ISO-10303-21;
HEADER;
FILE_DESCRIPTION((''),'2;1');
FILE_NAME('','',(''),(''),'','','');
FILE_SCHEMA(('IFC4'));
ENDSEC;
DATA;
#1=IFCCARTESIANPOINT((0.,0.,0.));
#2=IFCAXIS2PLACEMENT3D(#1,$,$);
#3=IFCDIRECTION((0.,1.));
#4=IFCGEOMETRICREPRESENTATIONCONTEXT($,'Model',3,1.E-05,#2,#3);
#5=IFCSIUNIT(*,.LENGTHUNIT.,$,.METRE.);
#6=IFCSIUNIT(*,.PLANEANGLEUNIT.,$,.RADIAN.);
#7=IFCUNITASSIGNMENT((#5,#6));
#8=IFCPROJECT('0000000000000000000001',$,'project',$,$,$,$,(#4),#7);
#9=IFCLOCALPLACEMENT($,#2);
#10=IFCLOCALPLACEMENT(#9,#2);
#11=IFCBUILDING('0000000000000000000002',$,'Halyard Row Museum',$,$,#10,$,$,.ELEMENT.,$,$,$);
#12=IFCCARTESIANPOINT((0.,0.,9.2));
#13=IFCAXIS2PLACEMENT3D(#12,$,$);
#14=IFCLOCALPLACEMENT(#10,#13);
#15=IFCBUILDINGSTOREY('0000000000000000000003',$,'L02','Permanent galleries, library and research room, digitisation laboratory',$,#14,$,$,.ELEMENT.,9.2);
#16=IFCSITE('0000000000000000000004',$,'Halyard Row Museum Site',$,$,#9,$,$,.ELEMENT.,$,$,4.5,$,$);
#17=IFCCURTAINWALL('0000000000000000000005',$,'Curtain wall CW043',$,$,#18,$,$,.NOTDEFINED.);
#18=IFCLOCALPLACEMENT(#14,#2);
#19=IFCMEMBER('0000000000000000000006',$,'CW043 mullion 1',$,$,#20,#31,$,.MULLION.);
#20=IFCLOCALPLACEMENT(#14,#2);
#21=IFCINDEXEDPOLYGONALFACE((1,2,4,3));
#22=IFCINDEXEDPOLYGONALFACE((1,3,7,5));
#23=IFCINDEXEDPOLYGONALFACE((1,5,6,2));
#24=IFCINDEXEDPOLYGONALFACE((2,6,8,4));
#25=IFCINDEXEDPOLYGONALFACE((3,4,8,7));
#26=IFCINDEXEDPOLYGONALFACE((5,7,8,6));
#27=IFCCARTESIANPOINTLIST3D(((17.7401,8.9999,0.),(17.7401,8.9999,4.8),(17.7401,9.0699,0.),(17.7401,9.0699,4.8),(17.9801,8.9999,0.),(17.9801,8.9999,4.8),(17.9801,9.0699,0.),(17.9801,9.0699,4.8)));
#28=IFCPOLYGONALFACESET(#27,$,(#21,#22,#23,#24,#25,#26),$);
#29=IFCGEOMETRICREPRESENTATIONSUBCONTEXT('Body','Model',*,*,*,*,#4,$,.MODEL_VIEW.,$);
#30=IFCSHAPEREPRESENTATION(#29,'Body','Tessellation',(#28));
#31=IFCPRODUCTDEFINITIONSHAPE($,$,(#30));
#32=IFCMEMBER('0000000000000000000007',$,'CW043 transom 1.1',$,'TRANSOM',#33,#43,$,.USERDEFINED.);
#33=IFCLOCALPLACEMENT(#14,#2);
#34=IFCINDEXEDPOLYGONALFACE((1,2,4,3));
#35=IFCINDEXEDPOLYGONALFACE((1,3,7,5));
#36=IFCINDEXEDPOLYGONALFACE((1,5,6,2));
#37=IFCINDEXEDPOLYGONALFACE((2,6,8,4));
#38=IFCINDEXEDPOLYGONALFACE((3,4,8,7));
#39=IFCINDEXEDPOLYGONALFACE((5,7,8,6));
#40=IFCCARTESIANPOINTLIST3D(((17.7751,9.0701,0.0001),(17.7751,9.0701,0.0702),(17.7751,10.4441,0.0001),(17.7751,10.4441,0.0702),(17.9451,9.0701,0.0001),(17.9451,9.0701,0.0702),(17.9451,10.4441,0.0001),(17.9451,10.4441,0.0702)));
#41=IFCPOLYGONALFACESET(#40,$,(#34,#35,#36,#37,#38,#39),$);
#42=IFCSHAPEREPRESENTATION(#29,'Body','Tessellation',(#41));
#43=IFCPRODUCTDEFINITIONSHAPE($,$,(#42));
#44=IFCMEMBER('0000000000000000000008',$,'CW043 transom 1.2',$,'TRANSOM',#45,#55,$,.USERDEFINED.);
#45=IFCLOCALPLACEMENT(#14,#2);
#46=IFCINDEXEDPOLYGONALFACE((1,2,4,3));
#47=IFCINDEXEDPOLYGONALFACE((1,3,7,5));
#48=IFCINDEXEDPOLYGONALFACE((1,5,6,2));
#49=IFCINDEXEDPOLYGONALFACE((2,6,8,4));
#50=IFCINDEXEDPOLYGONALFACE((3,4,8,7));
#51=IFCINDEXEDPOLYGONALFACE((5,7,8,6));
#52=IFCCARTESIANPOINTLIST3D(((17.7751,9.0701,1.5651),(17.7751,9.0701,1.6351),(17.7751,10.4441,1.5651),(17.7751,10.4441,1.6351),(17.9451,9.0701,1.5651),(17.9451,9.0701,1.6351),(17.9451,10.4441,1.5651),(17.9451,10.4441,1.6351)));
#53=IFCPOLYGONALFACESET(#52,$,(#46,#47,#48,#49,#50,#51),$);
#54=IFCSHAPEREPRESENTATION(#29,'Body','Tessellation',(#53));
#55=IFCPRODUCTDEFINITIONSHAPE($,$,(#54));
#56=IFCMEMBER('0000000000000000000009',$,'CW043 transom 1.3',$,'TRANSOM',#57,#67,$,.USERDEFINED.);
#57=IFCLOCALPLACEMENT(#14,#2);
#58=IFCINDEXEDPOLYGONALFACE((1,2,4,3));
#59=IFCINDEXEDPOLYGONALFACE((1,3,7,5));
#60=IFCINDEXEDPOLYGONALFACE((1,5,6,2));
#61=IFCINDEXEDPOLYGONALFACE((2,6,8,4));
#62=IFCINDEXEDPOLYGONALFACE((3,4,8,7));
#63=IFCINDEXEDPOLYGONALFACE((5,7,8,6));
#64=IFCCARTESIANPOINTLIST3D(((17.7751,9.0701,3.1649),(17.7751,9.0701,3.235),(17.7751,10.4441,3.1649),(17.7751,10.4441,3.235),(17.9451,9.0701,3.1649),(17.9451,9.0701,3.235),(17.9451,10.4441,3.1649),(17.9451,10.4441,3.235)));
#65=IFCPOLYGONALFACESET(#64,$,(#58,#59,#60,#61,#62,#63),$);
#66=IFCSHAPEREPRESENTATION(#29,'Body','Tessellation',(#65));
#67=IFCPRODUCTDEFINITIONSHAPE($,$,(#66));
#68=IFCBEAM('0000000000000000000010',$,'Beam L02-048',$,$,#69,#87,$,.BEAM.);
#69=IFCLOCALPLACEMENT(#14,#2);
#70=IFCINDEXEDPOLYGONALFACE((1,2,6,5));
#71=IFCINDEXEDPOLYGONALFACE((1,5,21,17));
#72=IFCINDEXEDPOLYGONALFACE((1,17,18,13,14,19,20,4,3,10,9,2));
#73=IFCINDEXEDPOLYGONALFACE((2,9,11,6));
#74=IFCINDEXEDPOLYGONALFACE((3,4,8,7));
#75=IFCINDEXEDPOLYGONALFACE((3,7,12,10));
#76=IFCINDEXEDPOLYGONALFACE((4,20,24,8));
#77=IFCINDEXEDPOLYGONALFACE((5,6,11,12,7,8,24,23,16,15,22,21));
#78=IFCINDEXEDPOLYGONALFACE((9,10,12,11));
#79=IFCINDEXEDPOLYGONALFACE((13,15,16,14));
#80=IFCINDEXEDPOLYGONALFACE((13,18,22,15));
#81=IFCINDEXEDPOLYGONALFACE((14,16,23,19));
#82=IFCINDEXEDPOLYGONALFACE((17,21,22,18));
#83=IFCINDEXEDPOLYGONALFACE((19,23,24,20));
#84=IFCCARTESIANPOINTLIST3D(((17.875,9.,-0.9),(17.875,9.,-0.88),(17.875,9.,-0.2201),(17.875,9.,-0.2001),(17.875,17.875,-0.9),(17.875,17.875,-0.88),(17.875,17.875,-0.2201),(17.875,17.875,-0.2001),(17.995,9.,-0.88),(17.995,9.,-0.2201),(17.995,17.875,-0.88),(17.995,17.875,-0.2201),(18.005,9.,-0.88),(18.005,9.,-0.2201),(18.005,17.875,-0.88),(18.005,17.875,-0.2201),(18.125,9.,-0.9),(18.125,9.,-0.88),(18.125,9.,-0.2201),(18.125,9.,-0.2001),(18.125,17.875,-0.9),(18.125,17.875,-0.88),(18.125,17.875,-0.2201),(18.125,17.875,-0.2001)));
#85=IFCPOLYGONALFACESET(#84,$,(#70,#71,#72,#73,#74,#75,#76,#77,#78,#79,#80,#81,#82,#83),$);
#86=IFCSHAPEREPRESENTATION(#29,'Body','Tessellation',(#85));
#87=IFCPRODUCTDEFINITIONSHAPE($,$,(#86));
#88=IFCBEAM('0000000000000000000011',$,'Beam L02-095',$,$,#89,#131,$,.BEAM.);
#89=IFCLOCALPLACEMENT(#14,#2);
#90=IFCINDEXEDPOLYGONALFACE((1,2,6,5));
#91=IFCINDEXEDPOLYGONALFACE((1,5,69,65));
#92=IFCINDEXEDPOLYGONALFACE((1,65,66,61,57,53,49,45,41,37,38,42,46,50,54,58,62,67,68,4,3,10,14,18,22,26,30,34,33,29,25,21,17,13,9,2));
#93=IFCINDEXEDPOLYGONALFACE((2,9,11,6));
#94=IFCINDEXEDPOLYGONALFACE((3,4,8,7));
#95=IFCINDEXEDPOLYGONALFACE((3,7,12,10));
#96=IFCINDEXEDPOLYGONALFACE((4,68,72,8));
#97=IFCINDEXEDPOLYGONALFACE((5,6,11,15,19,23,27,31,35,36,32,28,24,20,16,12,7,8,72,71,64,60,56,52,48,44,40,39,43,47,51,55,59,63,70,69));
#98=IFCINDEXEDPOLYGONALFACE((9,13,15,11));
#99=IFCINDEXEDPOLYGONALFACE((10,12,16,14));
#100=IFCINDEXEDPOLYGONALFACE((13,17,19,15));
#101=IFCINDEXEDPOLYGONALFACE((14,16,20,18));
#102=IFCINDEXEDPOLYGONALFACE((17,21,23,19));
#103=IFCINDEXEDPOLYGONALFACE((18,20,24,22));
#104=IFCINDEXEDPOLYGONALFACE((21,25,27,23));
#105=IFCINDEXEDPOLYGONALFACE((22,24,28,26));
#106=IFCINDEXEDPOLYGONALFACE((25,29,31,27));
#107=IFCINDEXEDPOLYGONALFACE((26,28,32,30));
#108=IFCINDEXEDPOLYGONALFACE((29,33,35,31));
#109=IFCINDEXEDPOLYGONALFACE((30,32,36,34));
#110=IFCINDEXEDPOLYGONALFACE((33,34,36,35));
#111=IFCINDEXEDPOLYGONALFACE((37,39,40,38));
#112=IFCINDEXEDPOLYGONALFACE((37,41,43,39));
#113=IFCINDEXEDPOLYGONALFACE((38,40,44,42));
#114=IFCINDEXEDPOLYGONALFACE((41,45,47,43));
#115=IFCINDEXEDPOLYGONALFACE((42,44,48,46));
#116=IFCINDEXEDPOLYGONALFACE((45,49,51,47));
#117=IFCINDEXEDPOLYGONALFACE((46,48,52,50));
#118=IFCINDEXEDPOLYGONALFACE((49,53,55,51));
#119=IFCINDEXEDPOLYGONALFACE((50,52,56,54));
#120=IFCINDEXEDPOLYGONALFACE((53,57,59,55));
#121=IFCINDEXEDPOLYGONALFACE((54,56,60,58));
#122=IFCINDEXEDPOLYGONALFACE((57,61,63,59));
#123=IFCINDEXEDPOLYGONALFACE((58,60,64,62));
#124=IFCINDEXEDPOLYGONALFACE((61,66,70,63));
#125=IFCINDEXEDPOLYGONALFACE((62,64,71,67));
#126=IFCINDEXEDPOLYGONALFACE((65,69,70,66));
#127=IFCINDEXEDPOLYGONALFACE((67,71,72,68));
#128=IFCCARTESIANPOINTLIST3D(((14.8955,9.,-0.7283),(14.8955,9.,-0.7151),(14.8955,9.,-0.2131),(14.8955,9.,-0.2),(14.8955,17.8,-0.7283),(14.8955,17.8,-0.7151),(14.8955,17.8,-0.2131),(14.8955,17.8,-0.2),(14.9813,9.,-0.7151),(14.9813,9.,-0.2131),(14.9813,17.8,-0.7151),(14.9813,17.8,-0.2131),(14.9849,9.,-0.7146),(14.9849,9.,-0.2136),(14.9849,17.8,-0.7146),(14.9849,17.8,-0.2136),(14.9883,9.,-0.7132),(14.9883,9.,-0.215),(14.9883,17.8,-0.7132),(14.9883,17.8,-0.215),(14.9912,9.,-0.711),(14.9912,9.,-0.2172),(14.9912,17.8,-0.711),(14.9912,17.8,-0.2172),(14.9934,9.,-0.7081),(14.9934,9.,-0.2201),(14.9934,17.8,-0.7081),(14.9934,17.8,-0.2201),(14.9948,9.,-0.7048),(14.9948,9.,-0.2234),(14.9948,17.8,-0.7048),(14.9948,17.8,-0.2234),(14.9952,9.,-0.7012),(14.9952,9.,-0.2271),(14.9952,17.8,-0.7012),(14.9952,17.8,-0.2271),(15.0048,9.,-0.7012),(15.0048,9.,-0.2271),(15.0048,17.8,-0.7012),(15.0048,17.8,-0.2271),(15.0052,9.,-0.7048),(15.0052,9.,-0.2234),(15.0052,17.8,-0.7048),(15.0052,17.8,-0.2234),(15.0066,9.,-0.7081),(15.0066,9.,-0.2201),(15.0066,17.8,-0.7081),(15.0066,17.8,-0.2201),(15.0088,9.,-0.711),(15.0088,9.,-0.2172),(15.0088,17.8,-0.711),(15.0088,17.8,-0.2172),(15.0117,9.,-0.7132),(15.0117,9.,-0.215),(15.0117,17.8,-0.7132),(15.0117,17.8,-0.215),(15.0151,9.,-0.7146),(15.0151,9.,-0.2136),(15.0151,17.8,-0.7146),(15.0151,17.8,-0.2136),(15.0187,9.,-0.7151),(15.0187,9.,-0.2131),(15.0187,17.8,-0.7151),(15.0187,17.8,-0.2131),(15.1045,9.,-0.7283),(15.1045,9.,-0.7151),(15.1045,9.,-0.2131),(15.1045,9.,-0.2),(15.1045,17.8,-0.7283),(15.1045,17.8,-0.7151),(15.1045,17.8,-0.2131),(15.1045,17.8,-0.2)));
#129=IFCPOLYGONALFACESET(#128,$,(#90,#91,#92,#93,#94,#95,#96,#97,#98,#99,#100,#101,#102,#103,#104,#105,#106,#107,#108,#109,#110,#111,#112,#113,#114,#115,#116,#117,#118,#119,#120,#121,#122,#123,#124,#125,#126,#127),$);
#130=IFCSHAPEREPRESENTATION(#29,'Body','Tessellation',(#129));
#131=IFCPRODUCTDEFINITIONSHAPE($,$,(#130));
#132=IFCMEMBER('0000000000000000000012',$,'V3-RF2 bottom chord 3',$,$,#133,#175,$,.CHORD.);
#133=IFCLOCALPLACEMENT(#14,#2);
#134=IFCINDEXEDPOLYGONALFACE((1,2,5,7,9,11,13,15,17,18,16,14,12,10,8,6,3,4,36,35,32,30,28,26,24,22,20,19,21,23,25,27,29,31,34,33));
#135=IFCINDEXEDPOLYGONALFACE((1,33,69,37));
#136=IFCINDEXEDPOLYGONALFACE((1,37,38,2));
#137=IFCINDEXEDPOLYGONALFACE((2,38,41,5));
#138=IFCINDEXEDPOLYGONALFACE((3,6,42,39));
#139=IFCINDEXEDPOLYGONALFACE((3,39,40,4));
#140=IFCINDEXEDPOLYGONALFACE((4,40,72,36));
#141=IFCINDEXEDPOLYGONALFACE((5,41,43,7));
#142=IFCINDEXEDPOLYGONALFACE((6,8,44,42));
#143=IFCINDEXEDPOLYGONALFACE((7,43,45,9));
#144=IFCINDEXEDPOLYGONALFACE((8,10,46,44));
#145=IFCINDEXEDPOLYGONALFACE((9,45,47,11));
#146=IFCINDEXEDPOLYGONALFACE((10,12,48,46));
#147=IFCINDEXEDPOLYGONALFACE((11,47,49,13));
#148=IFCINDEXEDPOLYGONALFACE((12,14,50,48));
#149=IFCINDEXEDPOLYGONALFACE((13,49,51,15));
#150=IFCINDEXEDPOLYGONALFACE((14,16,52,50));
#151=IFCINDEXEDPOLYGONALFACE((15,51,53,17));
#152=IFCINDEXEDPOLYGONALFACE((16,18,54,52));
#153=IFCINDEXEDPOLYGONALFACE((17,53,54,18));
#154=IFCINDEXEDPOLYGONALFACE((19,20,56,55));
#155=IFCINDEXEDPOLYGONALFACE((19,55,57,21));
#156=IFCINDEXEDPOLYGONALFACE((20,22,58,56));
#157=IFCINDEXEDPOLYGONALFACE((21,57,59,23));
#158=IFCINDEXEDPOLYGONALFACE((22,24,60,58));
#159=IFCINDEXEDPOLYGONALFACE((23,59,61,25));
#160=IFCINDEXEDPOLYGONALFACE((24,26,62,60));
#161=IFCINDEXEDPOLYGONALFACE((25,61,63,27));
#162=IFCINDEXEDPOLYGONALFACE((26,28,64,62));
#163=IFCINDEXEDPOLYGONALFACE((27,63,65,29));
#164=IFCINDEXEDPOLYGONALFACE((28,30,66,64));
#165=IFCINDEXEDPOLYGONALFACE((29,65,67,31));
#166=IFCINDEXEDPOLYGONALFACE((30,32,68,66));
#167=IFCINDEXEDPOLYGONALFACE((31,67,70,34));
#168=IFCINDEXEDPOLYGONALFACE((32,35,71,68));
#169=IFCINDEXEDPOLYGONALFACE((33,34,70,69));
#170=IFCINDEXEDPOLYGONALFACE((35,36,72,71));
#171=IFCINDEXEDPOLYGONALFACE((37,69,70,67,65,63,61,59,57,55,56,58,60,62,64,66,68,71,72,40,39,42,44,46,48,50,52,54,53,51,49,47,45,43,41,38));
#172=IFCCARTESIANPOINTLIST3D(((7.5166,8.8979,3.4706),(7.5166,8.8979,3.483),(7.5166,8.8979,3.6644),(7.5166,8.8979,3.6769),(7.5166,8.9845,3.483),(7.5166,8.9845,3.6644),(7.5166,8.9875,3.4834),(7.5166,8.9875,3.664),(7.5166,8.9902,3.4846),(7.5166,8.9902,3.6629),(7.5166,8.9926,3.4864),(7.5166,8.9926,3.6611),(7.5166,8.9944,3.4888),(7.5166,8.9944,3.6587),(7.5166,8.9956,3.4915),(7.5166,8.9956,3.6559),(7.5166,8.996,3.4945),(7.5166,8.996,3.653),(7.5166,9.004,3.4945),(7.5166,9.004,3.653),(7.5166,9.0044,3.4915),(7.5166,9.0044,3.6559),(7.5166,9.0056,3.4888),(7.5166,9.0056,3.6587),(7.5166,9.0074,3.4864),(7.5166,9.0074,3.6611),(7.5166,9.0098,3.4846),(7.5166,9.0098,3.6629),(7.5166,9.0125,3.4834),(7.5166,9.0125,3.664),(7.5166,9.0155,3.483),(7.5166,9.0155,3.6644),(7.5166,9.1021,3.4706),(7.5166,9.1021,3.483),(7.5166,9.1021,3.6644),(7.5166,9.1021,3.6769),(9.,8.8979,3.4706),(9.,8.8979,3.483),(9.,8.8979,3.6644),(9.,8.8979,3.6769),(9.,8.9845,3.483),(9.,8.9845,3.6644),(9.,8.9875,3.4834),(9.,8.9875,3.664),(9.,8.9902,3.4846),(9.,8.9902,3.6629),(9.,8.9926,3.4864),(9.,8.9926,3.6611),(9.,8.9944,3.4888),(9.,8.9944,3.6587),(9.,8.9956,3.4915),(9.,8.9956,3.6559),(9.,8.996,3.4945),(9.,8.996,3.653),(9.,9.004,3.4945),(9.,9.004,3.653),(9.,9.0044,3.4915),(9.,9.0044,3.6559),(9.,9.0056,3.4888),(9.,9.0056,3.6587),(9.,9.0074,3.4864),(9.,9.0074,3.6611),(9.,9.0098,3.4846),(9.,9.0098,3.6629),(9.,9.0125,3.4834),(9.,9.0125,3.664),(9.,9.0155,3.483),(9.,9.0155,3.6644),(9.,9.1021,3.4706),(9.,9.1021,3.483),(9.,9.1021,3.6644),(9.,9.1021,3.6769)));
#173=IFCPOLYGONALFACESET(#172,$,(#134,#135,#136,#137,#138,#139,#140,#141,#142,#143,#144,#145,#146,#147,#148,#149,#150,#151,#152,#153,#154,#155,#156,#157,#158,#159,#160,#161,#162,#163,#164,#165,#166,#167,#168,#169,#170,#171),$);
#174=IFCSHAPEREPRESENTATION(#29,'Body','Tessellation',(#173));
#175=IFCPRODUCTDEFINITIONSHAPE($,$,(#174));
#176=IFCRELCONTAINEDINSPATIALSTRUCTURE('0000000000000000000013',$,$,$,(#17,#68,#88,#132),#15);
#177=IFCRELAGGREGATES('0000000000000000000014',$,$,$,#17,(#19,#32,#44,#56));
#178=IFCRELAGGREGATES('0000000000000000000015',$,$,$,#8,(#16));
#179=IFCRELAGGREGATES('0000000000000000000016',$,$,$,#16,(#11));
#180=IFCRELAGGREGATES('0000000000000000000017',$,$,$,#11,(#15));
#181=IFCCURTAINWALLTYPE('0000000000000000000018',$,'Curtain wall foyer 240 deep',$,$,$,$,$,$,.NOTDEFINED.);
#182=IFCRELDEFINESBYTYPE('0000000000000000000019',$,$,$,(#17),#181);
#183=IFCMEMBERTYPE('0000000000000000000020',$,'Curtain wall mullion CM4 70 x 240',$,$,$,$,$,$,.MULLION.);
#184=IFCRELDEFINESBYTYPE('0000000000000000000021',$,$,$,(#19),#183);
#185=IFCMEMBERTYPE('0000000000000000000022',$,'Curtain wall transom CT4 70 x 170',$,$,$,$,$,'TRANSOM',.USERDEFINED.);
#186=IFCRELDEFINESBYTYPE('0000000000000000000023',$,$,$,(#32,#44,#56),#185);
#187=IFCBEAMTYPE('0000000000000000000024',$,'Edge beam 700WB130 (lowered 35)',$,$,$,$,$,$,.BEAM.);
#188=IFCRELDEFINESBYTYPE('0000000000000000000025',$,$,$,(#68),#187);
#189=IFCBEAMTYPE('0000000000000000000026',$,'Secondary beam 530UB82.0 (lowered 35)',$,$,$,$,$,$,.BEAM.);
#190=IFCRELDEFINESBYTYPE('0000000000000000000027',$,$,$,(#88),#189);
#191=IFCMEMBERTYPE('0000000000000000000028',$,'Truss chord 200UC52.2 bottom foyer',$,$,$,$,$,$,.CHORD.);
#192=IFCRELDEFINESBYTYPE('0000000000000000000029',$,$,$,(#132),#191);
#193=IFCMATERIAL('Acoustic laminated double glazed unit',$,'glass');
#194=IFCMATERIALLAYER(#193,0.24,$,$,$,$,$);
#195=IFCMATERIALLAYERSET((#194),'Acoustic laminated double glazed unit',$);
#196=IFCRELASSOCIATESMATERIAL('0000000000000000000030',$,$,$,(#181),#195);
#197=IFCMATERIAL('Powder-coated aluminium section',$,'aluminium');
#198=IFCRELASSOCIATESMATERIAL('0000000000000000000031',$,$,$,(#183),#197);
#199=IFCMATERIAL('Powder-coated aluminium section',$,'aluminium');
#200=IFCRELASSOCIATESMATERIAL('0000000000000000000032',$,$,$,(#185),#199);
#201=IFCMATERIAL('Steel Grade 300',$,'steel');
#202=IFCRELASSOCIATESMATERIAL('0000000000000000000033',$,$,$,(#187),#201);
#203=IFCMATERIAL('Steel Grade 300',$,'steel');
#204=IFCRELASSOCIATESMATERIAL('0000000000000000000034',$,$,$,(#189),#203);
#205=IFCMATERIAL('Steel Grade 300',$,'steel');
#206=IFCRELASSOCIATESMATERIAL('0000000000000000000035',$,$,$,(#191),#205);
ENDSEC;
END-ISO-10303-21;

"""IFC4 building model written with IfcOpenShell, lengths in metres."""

from ifc_helpers import new_model, si_unit, direction, frame, origin, origin_2d, place, context, subcontext, project, spatial, rectangle, i_section, extrude, material, layer, layer_set, material_profile, profile_set, type_object, element, aggregate, save


model = new_model("IFC4")

# Units and contexts
model_context = context("Model", 3, precision=1e-05, world=origin(), true_north=direction((0.0, 1.0)))
body_context = subcontext(model_context, "Body", "Model", "MODEL_VIEW")
ifc_project = project(units=[si_unit("LENGTHUNIT", "METRE"), si_unit("PLANEANGLEUNIT", "RADIAN")], contexts=[model_context])

# Site, building, storey
site_placement = place(None, origin())
site = spatial("IfcSite", under=ifc_project, at=site_placement, Name="Halyard Row Museum Site", CompositionType="ELEMENT", RefElevation=4.5)
building_placement = place(site_placement, origin())
building = spatial("IfcBuilding", under=site, at=building_placement, Name="Halyard Row Museum", CompositionType="ELEMENT")
storey_placement = place(building_placement, frame((0.0, 0.0, 9.2)))
storey = spatial("IfcBuildingStorey", under=building, at=storey_placement, Name="L02", Description="Permanent galleries, library and research room, digitisation laboratory", CompositionType="ELEMENT", Elevation=9.2)

# Curtain wall, members
ifc_material_1 = material(Name="Acoustic laminated double glazed unit", Category="glass")
ifc_layer_1 = layer(ifc_material_1, 0.24)
ifc_layer_set_1 = layer_set([ifc_layer_1], Name="Acoustic laminated double glazed unit")
curtain_wall_type = type_object("IfcCurtainWallType", Name="Curtain wall foyer 240 deep", PredefinedType="NOTDEFINED", material=ifc_layer_set_1)
curtain_wall_placement = place(storey_placement, origin())
curtain_wall = element("IfcCurtainWall", 1, at=curtain_wall_placement, inside=storey, type_object=curtain_wall_type, Name="Curtain wall CW043", PredefinedType="NOTDEFINED")
ifc_material_2 = material(Name="Powder-coated aluminium section", Category="aluminium")
ifc_material_profile_1 = material_profile(ifc_material_2, rectangle(XDim=0.24, YDim=0.0701, at=origin_2d()), Name="240x70 mullion")
ifc_profile_set_1 = profile_set([ifc_material_profile_1], Name="Powder-coated aluminium section")
member_type_1 = type_object("IfcMemberType", Name="Curtain wall mullion CM4 70 x 240", PredefinedType="MULLION", material=ifc_profile_set_1)
member_1_placement = place(storey_placement, frame((17.8601, 9.0349, 0.0), z_axis=(0.0, 0.0, 1.0), x_axis=(-1.0, 0.0, 0.0)))
member_1 = element("IfcMember", 2, at=member_1_placement, type_object=member_type_1, Name="CW043 mullion 1", PredefinedType="MULLION", context=body_context, shape_type="SweptSolid", body=[
    extrude(rectangle(XDim=0.24, YDim=0.0701, at=origin_2d()), origin(), (0.0, 0.0, 1.0), 4.8),
])
ifc_material_3 = material(Name="Powder-coated aluminium section", Category="aluminium")
ifc_material_profile_2 = material_profile(ifc_material_3, rectangle(XDim=0.1699, YDim=0.0701, at=origin_2d()), Name="170x70 transom")
ifc_profile_set_2 = profile_set([ifc_material_profile_2], Name="Powder-coated aluminium section")
member_type_2 = type_object("IfcMemberType", Name="Curtain wall transom CT4 70 x 170", ElementType="TRANSOM", PredefinedType="USERDEFINED", material=ifc_profile_set_2)
member_2_placement = place(storey_placement, frame((17.8601, 9.0701, 0.0352), z_axis=(0.0, 1.0, 0.0), x_axis=(-1.0, 0.0, 0.0)))
member_2 = element("IfcMember", 3, at=member_2_placement, type_object=member_type_2, Name="CW043 transom 1.1", ObjectType="TRANSOM", PredefinedType="USERDEFINED", context=body_context, shape_type="SweptSolid", body=[
    extrude(rectangle(XDim=0.1699, YDim=0.0701, at=origin_2d()), origin(), (0.0, 0.0, 1.0), 1.374),
])
member_3_placement = place(storey_placement, frame((17.8601, 9.0701, 1.6001), z_axis=(0.0, 1.0, 0.0), x_axis=(-1.0, 0.0, 0.0)))
member_3 = element("IfcMember", 4, at=member_3_placement, type_object=member_type_2, Name="CW043 transom 1.2", ObjectType="TRANSOM", PredefinedType="USERDEFINED", context=body_context, shape_type="SweptSolid", body=[
    extrude(rectangle(XDim=0.1699, YDim=0.0701, at=origin_2d()), origin(), (0.0, 0.0, 1.0), 1.374),
])
member_4_placement = place(storey_placement, frame((17.8601, 9.0701, 3.2), z_axis=(0.0, 1.0, 0.0), x_axis=(-1.0, 0.0, 0.0)))
member_4 = element("IfcMember", 5, at=member_4_placement, type_object=member_type_2, Name="CW043 transom 1.3", ObjectType="TRANSOM", PredefinedType="USERDEFINED", context=body_context, shape_type="SweptSolid", body=[
    extrude(rectangle(XDim=0.1699, YDim=0.0701, at=origin_2d()), origin(), (0.0, 0.0, 1.0), 1.374),
])
aggregate(curtain_wall, [member_1, member_2, member_3, member_4])

# Beams
ifc_material_4 = material(Name="Steel Grade 300", Category="steel")
ifc_material_profile_3 = material_profile(ifc_material_4, i_section(OverallWidth=0.25, OverallDepth=0.7, WebThickness=0.01, FlangeThickness=0.02, at=origin_2d()), Name="700WB130")
ifc_profile_set_3 = profile_set([ifc_material_profile_3], Name="Steel Grade 300")
beam_type_1 = type_object("IfcBeamType", Name="Edge beam 700WB130 (lowered 35)", PredefinedType="BEAM", material=ifc_profile_set_3)
beam_1_placement = place(storey_placement, frame((18.0, 9.0, -0.55), z_axis=(0.0, 1.0, 0.0), x_axis=(-1.0, 0.0, 0.0)))
element("IfcBeam", 6, at=beam_1_placement, inside=storey, type_object=beam_type_1, Name="Beam L02-048", PredefinedType="BEAM", context=body_context, shape_type="SweptSolid", body=[
    extrude(i_section(OverallWidth=0.25, OverallDepth=0.7, WebThickness=0.01, FlangeThickness=0.02, at=origin_2d()), origin(), (0.0, 0.0, 1.0), 8.875),
])
ifc_material_5 = material(Name="Steel Grade 300", Category="steel")
ifc_material_profile_4 = material_profile(ifc_material_5, i_section(OverallWidth=0.209, OverallDepth=0.5283, WebThickness=0.0095, FlangeThickness=0.0132, FilletRadius=0.0139, at=origin_2d()), Name="530UB82.0")
ifc_profile_set_4 = profile_set([ifc_material_profile_4], Name="Steel Grade 300")
beam_type_2 = type_object("IfcBeamType", Name="Secondary beam 530UB82.0 (lowered 35)", PredefinedType="BEAM", material=ifc_profile_set_4)
beam_2_placement = place(storey_placement, frame((15.0, 9.0, -0.4641), z_axis=(0.0, 1.0, 0.0), x_axis=(-1.0, 0.0, 0.0)))
element("IfcBeam", 7, at=beam_2_placement, inside=storey, type_object=beam_type_2, Name="Beam L02-095", PredefinedType="BEAM", context=body_context, shape_type="SweptSolid", body=[
    extrude(i_section(OverallWidth=0.209, OverallDepth=0.5283, WebThickness=0.0095, FlangeThickness=0.0132, FilletRadius=0.0139, at=origin_2d()), origin(), (0.0, 0.0, 1.0), 8.8),
])

# Member
ifc_material_6 = material(Name="Steel Grade 300", Category="steel")
ifc_material_profile_5 = material_profile(ifc_material_6, i_section(OverallWidth=0.2041, OverallDepth=0.2063, WebThickness=0.0081, FlangeThickness=0.0125, FilletRadius=0.0115, at=origin_2d()), Name="200UC52.2")
ifc_profile_set_5 = profile_set([ifc_material_profile_5], Name="Steel Grade 300")
member_type_3 = type_object("IfcMemberType", Name="Truss chord 200UC52.2 bottom foyer", PredefinedType="CHORD", material=ifc_profile_set_5)
for number, where, z_axis, x_axis, name in (
    (8, (7.5166, 9.0, 3.5737), (1.0, 0.0, 0.0), (0.0, 1.0, 0.0), "V3-RF2 bottom chord 3"),
):
    element("IfcMember", number, at=place(storey_placement, frame(where, z_axis=z_axis, x_axis=x_axis)), inside=storey, type_object=member_type_3, Name=name, PredefinedType="CHORD", context=body_context, shape_type="SweptSolid", body=[
        extrude(i_section(OverallWidth=0.2041, OverallDepth=0.2063, WebThickness=0.0081, FlangeThickness=0.0125, FilletRadius=0.0115, at=origin_2d()), origin(), (0.0, 0.0, 1.0), 1.4834),
    ])

save(model, "model.ifc")
